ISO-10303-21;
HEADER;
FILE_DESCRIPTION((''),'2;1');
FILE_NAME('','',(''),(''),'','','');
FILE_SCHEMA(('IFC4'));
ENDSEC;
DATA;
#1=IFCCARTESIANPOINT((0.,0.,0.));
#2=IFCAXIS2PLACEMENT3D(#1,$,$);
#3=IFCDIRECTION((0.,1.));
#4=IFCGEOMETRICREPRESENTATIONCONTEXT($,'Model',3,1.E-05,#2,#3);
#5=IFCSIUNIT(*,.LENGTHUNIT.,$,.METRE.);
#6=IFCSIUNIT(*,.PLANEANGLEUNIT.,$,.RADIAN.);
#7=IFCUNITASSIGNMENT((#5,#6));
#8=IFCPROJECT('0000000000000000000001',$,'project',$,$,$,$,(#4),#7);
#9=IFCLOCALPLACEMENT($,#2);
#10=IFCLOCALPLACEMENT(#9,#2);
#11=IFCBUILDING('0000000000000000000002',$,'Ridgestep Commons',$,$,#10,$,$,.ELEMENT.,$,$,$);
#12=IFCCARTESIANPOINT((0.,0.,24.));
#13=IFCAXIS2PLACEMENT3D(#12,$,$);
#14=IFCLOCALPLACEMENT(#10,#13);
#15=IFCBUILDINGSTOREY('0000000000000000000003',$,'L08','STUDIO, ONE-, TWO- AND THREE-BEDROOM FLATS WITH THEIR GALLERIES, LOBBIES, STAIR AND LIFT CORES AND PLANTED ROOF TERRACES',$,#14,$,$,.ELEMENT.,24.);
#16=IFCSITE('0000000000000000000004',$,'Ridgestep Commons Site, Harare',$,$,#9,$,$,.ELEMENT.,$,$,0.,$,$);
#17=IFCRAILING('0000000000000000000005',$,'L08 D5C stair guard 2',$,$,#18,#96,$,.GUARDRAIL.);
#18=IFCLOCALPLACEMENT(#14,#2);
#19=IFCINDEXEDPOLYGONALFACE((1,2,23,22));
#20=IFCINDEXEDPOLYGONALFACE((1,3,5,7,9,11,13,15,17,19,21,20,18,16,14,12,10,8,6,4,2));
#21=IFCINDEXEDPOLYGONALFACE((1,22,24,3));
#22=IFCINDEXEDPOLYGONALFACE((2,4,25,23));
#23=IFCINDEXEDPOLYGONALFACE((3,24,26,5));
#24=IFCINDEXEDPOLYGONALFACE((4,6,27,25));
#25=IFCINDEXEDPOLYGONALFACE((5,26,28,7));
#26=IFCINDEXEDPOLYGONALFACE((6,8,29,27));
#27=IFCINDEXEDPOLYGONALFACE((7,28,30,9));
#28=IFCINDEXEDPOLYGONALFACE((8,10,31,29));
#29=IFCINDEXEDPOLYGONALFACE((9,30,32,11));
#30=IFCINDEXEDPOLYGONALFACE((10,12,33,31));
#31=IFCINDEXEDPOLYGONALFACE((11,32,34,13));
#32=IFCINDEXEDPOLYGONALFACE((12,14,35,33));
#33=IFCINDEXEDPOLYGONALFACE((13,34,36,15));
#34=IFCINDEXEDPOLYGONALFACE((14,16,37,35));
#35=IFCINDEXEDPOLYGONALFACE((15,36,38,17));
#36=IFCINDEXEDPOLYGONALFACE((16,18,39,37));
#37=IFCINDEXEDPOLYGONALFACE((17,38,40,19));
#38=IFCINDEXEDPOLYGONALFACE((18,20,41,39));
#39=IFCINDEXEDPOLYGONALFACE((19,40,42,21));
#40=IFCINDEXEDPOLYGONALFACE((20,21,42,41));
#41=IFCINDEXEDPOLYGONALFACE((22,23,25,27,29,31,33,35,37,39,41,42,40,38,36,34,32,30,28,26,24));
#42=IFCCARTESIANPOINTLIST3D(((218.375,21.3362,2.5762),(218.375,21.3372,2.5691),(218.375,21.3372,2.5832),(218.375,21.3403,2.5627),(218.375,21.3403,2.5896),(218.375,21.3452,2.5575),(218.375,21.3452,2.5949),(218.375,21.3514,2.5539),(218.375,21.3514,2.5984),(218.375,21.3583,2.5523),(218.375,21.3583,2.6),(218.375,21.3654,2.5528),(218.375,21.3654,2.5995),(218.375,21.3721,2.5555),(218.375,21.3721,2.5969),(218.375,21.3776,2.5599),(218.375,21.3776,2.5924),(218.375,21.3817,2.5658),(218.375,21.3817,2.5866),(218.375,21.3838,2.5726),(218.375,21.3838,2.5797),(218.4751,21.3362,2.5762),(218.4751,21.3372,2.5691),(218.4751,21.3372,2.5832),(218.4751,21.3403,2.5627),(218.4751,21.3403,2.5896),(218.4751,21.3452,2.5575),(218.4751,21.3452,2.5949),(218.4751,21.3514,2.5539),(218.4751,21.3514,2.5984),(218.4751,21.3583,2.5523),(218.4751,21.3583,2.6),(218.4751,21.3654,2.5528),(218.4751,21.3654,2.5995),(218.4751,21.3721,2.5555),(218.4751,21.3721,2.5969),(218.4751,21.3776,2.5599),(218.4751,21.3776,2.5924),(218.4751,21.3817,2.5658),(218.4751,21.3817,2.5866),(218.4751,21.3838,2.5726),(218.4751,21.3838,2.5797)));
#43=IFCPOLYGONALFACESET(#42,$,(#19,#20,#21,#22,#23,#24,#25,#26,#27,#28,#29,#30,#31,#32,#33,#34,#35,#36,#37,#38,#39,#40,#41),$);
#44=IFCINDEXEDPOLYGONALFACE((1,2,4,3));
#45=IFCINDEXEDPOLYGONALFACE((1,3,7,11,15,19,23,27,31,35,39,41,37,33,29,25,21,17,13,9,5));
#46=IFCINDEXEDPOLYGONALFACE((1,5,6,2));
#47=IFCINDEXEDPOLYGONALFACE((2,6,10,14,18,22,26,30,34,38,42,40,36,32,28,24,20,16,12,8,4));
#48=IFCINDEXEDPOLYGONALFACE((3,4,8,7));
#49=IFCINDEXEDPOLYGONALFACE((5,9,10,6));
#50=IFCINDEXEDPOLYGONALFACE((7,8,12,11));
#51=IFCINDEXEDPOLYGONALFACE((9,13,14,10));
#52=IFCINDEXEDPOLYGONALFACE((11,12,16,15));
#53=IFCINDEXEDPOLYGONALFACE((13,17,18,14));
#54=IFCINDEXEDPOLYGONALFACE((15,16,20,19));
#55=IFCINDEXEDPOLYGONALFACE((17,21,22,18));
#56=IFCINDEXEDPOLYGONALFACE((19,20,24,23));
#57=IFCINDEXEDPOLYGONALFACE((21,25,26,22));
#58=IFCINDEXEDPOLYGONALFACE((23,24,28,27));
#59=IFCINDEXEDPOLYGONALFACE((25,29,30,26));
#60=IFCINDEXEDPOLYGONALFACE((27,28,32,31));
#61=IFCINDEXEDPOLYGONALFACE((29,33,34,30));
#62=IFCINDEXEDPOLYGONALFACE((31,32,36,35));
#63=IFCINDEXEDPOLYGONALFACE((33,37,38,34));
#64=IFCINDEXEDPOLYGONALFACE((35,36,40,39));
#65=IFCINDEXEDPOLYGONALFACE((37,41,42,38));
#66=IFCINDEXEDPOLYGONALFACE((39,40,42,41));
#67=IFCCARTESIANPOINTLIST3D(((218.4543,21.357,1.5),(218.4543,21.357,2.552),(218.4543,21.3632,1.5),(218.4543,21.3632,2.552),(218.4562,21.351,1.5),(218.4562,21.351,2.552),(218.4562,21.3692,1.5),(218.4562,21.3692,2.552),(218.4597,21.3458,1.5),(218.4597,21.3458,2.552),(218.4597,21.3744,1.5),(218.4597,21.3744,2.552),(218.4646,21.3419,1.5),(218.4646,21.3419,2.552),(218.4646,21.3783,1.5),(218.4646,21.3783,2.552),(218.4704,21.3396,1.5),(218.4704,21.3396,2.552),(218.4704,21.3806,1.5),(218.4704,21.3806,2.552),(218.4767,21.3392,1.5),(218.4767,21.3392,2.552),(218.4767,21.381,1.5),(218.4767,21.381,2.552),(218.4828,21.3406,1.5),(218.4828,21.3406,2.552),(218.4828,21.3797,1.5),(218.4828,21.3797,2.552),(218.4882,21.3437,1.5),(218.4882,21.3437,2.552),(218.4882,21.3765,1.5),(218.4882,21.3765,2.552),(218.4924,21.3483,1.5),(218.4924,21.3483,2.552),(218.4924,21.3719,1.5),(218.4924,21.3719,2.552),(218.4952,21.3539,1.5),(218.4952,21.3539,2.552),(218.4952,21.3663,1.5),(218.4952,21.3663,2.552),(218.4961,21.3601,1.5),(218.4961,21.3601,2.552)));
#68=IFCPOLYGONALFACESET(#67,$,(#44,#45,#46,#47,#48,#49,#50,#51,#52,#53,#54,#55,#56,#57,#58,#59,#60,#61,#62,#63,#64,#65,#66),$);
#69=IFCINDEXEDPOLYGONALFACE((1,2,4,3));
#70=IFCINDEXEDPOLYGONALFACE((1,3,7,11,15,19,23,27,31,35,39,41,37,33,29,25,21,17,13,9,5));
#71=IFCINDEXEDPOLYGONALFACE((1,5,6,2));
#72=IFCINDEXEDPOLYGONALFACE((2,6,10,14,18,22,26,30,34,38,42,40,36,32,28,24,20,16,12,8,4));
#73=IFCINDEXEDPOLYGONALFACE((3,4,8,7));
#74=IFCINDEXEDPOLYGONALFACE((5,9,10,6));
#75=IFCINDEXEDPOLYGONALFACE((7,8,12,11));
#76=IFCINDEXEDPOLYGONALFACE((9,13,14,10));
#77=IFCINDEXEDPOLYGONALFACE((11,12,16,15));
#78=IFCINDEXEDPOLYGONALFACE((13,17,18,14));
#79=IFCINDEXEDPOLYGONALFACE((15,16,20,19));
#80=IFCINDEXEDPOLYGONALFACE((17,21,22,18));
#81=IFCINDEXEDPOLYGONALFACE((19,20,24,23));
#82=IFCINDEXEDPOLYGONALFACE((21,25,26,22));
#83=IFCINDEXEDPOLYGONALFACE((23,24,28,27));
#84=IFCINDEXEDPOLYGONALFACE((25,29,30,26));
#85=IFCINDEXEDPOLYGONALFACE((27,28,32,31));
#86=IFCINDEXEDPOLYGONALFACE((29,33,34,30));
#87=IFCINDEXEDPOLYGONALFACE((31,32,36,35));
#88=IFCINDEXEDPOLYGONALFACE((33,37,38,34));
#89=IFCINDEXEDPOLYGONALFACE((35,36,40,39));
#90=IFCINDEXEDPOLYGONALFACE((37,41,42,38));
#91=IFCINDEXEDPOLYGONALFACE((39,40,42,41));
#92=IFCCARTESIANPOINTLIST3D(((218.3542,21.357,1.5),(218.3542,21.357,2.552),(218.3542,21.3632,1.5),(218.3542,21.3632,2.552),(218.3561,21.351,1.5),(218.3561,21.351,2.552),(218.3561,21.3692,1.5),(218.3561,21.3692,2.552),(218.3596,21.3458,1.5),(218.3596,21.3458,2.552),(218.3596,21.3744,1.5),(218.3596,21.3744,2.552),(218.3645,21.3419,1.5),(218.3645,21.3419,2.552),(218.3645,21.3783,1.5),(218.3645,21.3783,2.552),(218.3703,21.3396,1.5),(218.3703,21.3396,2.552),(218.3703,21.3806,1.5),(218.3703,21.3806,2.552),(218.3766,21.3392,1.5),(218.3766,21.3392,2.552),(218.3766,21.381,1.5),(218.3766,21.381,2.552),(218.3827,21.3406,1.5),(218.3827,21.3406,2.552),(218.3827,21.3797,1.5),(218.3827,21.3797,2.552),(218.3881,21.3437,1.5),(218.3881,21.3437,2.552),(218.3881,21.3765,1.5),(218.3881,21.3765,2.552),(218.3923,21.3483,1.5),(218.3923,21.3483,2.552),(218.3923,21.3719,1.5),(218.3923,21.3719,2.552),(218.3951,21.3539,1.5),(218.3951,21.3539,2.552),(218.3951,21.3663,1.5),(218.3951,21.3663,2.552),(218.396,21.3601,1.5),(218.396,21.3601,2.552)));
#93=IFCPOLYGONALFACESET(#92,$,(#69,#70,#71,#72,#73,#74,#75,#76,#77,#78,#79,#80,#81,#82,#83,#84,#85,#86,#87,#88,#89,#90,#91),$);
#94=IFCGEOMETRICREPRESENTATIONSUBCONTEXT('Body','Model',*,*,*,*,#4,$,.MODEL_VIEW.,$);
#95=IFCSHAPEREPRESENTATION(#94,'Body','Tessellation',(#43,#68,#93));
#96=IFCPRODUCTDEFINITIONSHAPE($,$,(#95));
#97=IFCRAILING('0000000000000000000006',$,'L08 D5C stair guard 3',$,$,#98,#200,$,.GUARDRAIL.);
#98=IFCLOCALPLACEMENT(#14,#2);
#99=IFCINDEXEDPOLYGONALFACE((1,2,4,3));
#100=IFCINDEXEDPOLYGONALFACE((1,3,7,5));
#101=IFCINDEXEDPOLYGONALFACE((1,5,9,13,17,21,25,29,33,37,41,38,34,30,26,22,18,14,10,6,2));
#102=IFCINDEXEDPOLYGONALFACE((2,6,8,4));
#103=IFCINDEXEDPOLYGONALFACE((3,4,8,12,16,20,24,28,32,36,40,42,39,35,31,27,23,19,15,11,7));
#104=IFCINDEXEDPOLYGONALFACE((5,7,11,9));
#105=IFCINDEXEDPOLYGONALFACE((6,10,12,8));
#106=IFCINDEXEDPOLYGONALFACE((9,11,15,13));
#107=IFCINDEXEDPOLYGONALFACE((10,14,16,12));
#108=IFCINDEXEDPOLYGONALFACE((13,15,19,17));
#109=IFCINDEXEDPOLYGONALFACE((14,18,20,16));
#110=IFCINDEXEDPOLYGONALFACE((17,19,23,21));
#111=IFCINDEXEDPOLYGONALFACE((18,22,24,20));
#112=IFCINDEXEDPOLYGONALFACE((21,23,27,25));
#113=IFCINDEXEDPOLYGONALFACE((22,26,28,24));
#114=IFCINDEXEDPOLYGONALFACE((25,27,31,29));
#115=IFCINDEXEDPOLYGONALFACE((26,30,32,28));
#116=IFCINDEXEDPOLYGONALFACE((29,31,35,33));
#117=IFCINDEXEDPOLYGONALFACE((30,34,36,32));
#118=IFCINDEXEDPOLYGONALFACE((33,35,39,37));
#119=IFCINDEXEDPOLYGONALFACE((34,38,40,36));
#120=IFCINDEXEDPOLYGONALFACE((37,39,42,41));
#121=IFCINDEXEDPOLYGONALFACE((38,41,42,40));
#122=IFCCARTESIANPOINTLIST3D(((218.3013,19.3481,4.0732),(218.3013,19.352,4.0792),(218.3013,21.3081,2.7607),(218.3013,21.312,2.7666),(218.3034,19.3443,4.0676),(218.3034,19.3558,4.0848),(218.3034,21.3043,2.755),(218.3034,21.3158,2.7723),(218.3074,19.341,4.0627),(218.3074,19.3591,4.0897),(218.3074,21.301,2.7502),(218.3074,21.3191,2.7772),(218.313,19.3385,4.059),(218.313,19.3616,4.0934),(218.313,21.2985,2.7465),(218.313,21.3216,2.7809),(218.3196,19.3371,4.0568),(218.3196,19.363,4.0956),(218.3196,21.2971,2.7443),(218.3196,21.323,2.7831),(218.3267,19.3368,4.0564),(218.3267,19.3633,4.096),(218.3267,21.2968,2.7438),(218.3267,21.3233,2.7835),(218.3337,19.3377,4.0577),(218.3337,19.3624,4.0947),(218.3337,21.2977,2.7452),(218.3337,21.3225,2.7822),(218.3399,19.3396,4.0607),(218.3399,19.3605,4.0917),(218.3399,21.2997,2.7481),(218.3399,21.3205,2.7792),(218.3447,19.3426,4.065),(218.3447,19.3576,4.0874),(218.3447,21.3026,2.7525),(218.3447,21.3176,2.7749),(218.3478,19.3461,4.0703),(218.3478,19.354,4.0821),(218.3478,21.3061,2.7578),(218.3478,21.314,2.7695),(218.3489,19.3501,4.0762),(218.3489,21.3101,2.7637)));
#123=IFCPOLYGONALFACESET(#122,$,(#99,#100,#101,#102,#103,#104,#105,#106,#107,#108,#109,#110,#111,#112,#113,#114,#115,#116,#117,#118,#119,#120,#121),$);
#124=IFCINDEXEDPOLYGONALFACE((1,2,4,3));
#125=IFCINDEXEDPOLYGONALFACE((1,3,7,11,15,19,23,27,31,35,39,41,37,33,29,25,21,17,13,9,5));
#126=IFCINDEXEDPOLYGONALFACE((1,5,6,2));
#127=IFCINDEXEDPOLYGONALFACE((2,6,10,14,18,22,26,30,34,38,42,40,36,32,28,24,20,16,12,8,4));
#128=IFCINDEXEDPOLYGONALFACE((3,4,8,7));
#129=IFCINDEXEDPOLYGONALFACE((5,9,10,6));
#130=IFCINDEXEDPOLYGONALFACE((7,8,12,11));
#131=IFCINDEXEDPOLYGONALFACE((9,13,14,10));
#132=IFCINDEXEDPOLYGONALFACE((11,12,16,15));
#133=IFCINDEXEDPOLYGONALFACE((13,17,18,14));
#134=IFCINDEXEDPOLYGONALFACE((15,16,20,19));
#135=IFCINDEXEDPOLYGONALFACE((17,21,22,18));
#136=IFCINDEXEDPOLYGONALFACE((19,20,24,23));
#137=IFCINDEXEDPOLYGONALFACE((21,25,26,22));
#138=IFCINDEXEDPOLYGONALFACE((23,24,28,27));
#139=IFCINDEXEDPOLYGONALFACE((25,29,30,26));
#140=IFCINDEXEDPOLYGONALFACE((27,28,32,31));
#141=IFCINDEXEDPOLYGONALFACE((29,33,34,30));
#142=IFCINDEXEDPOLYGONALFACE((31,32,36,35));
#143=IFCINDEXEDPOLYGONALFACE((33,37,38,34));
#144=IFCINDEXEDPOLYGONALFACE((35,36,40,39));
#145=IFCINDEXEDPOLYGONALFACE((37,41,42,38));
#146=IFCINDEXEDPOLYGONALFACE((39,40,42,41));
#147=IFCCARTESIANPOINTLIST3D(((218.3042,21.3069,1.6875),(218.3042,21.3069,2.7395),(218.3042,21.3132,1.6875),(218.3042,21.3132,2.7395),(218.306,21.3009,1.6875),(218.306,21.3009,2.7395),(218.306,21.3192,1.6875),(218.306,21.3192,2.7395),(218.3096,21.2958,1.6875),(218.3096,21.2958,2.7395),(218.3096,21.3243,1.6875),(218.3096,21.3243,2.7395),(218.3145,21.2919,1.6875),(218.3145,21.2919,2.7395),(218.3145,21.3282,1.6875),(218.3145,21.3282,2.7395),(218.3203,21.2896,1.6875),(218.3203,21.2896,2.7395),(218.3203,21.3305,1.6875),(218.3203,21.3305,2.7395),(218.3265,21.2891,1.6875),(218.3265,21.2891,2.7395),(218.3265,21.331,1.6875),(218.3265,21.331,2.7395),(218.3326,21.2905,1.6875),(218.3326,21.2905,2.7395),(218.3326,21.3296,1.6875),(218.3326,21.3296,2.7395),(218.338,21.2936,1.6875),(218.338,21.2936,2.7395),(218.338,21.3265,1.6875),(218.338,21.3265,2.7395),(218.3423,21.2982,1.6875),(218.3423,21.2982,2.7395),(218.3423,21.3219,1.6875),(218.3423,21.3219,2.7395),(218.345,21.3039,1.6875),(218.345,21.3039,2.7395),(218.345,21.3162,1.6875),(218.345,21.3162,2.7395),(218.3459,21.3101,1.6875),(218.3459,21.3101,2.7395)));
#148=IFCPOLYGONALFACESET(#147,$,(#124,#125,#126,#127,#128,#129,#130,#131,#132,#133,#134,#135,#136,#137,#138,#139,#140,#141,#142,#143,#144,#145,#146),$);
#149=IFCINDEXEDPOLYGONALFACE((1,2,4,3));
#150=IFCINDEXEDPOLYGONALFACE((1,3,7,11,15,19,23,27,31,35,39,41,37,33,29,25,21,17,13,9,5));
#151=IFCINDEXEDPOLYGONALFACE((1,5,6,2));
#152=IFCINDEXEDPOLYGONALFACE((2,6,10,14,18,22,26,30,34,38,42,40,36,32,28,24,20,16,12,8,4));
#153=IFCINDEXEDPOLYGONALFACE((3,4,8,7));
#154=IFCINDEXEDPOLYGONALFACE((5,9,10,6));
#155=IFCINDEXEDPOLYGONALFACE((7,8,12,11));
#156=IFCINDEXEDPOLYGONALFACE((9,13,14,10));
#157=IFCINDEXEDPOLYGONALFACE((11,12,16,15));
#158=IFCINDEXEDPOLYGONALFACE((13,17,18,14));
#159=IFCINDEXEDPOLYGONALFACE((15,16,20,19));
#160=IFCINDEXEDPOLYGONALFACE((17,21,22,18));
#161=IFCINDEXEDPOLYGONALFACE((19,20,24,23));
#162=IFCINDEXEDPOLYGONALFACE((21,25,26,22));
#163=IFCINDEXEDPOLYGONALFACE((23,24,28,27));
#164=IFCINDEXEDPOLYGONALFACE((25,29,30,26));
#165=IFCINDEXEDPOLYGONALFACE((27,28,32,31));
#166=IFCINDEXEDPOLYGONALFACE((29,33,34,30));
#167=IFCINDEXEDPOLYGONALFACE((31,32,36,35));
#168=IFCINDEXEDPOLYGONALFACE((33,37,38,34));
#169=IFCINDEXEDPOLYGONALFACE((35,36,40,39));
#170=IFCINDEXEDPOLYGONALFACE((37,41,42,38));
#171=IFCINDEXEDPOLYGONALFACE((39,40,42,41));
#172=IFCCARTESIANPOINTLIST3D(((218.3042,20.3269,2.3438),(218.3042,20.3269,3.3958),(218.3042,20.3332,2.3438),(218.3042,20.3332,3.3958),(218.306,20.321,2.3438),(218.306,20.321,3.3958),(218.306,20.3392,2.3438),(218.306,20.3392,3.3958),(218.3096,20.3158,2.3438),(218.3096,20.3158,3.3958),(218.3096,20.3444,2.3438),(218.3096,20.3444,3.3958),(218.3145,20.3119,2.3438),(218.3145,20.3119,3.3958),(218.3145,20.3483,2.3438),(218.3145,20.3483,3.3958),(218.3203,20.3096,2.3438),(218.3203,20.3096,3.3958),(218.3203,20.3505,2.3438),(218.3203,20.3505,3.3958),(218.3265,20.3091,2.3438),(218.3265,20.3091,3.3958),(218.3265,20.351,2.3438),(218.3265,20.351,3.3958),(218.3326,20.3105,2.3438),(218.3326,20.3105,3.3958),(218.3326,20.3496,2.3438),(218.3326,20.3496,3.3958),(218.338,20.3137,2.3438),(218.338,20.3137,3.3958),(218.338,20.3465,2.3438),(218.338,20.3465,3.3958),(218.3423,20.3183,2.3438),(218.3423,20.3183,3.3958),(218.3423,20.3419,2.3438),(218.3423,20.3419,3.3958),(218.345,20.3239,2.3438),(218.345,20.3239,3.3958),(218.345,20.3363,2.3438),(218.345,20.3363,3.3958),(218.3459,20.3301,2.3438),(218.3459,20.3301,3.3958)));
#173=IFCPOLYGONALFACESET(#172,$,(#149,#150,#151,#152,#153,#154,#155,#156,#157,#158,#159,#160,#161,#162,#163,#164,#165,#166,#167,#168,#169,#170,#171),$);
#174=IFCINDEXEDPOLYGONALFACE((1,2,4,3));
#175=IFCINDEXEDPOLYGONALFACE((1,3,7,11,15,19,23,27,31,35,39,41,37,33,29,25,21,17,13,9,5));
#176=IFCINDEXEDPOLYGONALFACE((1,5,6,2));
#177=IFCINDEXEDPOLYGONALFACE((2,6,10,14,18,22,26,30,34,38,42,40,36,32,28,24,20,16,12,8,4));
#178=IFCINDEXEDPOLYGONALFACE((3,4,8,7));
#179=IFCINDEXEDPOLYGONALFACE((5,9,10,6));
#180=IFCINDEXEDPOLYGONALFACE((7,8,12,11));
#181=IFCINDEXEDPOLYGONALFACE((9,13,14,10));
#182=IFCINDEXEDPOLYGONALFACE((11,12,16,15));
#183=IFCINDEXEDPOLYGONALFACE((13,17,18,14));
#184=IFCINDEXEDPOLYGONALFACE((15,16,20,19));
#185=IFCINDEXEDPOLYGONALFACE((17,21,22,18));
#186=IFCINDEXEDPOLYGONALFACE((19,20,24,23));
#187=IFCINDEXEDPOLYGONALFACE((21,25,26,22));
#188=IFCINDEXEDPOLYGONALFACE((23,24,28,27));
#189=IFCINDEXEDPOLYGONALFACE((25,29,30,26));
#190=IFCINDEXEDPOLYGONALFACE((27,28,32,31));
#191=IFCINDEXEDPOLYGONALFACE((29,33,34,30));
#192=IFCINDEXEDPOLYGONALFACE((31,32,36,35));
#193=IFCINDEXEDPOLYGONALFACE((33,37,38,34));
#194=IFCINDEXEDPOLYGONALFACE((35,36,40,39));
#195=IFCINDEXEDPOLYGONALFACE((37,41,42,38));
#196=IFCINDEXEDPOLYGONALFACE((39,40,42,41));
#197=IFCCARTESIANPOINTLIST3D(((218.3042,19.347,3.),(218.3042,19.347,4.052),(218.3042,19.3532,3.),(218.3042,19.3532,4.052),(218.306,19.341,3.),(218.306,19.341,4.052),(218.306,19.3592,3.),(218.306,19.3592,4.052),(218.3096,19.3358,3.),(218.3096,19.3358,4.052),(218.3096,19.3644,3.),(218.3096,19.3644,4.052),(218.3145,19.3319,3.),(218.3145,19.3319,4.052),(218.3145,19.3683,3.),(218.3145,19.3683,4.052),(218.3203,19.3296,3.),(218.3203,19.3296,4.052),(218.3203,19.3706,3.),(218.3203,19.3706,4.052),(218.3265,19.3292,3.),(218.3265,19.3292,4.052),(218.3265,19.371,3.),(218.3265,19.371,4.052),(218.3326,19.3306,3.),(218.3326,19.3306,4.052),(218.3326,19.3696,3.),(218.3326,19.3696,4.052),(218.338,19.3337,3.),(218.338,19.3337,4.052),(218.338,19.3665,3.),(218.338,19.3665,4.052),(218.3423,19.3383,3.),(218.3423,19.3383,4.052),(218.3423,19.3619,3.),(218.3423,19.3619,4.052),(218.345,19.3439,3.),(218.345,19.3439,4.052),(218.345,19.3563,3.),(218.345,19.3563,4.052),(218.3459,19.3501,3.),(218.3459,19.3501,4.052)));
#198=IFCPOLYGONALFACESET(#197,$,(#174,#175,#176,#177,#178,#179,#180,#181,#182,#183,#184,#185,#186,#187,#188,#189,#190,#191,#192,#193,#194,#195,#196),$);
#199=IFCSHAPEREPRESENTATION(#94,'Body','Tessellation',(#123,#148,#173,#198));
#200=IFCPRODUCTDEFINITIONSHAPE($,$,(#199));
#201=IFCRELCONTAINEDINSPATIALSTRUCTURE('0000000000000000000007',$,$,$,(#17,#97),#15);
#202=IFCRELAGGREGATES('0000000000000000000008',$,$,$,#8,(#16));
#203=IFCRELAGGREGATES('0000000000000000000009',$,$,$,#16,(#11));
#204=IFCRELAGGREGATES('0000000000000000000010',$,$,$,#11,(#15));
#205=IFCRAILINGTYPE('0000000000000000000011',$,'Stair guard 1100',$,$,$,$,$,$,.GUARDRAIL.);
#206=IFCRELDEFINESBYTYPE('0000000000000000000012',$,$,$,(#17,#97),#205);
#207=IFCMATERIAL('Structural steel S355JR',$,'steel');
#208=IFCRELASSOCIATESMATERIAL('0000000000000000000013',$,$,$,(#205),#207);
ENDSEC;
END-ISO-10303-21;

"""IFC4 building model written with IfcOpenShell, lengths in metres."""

from ifc_helpers import new_model, si_unit, direction, frame, origin, origin_2d, place, context, subcontext, project, spatial, circle, extrude, material, type_object, element, save


model = new_model("IFC4")

# Units and contexts
model_context = context("Model", 3, precision=1e-05, world=origin(), true_north=direction((0.0, 1.0)))
body_context = subcontext(model_context, "Body", "Model", "MODEL_VIEW")
ifc_project = project(units=[si_unit("LENGTHUNIT", "METRE"), si_unit("PLANEANGLEUNIT", "RADIAN")], contexts=[model_context])

# Site, building, storey
site_placement = place(None, origin())
site = spatial("IfcSite", under=ifc_project, at=site_placement, Name="Ridgestep Commons Site, Harare", CompositionType="ELEMENT", RefElevation=0.0)
building_placement = place(site_placement, origin())
building = spatial("IfcBuilding", under=site, at=building_placement, Name="Ridgestep Commons", CompositionType="ELEMENT")
storey_placement = place(building_placement, frame((0.0, 0.0, 24.0)))
storey = spatial("IfcBuildingStorey", under=building, at=storey_placement, Name="L08", Description="STUDIO, ONE-, TWO- AND THREE-BEDROOM FLATS WITH THEIR GALLERIES, LOBBIES, STAIR AND LIFT CORES AND PLANTED ROOF TERRACES", CompositionType="ELEMENT", Elevation=24.0)

# Railings
ifc_material_1 = material(Name="Structural steel S355JR", Category="steel")
railing_type_1 = type_object("IfcRailingType", Name="Stair guard 1100", PredefinedType="GUARDRAIL", material=ifc_material_1)
railing_1_placement = place(storey_placement, frame((218.4751, 21.3601, 1.5)))
element("IfcRailing", 1, at=railing_1_placement, inside=storey, type_object=railing_type_1, Name="L08 D5C stair guard 2", PredefinedType="GUARDRAIL", context=body_context, shape_type="SweptSolid", body=[
    extrude(circle(Radius=0.0239, at=origin_2d()), frame((0.0, 0.0, 1.0762), z_axis=(-1.0, 0.0, 0.0), x_axis=(0.0, -1.0, 0.0)), (0.0, 0.0, 1.0), 0.1001),
    extrude(circle(Radius=0.021, at=origin_2d()), origin(), (0.0, 0.0, 1.0), 1.052),
    extrude(circle(Radius=0.021, at=origin_2d()), frame((-0.1001, 0.0, 0.0)), (0.0, 0.0, 1.0), 1.052),
])
railing_2_placement = place(storey_placement, frame((218.325, 21.3101, 1.6875)))
element("IfcRailing", 2, at=railing_2_placement, inside=storey, type_object=railing_type_1, Name="L08 D5C stair guard 3", PredefinedType="GUARDRAIL", context=body_context, shape_type="SweptSolid", body=[
    extrude(circle(Radius=0.0239, at=origin_2d()), frame((0.0, 0.0, 1.0762), z_axis=(0.0, -0.830902, 0.556419), x_axis=(1.0, 0.0, 0.0)), (0.0, 0.0, 1.0), 2.3589),
    extrude(circle(Radius=0.021, at=origin_2d()), origin(), (0.0, 0.0, 1.0), 1.052),
    extrude(circle(Radius=0.021, at=origin_2d()), frame((0.0, -0.98, 0.6562)), (0.0, 0.0, 1.0), 1.052),
    extrude(circle(Radius=0.021, at=origin_2d()), frame((0.0, -1.96, 1.3125)), (0.0, 0.0, 1.0), 1.052),
])

save(model, "model.ifc")
